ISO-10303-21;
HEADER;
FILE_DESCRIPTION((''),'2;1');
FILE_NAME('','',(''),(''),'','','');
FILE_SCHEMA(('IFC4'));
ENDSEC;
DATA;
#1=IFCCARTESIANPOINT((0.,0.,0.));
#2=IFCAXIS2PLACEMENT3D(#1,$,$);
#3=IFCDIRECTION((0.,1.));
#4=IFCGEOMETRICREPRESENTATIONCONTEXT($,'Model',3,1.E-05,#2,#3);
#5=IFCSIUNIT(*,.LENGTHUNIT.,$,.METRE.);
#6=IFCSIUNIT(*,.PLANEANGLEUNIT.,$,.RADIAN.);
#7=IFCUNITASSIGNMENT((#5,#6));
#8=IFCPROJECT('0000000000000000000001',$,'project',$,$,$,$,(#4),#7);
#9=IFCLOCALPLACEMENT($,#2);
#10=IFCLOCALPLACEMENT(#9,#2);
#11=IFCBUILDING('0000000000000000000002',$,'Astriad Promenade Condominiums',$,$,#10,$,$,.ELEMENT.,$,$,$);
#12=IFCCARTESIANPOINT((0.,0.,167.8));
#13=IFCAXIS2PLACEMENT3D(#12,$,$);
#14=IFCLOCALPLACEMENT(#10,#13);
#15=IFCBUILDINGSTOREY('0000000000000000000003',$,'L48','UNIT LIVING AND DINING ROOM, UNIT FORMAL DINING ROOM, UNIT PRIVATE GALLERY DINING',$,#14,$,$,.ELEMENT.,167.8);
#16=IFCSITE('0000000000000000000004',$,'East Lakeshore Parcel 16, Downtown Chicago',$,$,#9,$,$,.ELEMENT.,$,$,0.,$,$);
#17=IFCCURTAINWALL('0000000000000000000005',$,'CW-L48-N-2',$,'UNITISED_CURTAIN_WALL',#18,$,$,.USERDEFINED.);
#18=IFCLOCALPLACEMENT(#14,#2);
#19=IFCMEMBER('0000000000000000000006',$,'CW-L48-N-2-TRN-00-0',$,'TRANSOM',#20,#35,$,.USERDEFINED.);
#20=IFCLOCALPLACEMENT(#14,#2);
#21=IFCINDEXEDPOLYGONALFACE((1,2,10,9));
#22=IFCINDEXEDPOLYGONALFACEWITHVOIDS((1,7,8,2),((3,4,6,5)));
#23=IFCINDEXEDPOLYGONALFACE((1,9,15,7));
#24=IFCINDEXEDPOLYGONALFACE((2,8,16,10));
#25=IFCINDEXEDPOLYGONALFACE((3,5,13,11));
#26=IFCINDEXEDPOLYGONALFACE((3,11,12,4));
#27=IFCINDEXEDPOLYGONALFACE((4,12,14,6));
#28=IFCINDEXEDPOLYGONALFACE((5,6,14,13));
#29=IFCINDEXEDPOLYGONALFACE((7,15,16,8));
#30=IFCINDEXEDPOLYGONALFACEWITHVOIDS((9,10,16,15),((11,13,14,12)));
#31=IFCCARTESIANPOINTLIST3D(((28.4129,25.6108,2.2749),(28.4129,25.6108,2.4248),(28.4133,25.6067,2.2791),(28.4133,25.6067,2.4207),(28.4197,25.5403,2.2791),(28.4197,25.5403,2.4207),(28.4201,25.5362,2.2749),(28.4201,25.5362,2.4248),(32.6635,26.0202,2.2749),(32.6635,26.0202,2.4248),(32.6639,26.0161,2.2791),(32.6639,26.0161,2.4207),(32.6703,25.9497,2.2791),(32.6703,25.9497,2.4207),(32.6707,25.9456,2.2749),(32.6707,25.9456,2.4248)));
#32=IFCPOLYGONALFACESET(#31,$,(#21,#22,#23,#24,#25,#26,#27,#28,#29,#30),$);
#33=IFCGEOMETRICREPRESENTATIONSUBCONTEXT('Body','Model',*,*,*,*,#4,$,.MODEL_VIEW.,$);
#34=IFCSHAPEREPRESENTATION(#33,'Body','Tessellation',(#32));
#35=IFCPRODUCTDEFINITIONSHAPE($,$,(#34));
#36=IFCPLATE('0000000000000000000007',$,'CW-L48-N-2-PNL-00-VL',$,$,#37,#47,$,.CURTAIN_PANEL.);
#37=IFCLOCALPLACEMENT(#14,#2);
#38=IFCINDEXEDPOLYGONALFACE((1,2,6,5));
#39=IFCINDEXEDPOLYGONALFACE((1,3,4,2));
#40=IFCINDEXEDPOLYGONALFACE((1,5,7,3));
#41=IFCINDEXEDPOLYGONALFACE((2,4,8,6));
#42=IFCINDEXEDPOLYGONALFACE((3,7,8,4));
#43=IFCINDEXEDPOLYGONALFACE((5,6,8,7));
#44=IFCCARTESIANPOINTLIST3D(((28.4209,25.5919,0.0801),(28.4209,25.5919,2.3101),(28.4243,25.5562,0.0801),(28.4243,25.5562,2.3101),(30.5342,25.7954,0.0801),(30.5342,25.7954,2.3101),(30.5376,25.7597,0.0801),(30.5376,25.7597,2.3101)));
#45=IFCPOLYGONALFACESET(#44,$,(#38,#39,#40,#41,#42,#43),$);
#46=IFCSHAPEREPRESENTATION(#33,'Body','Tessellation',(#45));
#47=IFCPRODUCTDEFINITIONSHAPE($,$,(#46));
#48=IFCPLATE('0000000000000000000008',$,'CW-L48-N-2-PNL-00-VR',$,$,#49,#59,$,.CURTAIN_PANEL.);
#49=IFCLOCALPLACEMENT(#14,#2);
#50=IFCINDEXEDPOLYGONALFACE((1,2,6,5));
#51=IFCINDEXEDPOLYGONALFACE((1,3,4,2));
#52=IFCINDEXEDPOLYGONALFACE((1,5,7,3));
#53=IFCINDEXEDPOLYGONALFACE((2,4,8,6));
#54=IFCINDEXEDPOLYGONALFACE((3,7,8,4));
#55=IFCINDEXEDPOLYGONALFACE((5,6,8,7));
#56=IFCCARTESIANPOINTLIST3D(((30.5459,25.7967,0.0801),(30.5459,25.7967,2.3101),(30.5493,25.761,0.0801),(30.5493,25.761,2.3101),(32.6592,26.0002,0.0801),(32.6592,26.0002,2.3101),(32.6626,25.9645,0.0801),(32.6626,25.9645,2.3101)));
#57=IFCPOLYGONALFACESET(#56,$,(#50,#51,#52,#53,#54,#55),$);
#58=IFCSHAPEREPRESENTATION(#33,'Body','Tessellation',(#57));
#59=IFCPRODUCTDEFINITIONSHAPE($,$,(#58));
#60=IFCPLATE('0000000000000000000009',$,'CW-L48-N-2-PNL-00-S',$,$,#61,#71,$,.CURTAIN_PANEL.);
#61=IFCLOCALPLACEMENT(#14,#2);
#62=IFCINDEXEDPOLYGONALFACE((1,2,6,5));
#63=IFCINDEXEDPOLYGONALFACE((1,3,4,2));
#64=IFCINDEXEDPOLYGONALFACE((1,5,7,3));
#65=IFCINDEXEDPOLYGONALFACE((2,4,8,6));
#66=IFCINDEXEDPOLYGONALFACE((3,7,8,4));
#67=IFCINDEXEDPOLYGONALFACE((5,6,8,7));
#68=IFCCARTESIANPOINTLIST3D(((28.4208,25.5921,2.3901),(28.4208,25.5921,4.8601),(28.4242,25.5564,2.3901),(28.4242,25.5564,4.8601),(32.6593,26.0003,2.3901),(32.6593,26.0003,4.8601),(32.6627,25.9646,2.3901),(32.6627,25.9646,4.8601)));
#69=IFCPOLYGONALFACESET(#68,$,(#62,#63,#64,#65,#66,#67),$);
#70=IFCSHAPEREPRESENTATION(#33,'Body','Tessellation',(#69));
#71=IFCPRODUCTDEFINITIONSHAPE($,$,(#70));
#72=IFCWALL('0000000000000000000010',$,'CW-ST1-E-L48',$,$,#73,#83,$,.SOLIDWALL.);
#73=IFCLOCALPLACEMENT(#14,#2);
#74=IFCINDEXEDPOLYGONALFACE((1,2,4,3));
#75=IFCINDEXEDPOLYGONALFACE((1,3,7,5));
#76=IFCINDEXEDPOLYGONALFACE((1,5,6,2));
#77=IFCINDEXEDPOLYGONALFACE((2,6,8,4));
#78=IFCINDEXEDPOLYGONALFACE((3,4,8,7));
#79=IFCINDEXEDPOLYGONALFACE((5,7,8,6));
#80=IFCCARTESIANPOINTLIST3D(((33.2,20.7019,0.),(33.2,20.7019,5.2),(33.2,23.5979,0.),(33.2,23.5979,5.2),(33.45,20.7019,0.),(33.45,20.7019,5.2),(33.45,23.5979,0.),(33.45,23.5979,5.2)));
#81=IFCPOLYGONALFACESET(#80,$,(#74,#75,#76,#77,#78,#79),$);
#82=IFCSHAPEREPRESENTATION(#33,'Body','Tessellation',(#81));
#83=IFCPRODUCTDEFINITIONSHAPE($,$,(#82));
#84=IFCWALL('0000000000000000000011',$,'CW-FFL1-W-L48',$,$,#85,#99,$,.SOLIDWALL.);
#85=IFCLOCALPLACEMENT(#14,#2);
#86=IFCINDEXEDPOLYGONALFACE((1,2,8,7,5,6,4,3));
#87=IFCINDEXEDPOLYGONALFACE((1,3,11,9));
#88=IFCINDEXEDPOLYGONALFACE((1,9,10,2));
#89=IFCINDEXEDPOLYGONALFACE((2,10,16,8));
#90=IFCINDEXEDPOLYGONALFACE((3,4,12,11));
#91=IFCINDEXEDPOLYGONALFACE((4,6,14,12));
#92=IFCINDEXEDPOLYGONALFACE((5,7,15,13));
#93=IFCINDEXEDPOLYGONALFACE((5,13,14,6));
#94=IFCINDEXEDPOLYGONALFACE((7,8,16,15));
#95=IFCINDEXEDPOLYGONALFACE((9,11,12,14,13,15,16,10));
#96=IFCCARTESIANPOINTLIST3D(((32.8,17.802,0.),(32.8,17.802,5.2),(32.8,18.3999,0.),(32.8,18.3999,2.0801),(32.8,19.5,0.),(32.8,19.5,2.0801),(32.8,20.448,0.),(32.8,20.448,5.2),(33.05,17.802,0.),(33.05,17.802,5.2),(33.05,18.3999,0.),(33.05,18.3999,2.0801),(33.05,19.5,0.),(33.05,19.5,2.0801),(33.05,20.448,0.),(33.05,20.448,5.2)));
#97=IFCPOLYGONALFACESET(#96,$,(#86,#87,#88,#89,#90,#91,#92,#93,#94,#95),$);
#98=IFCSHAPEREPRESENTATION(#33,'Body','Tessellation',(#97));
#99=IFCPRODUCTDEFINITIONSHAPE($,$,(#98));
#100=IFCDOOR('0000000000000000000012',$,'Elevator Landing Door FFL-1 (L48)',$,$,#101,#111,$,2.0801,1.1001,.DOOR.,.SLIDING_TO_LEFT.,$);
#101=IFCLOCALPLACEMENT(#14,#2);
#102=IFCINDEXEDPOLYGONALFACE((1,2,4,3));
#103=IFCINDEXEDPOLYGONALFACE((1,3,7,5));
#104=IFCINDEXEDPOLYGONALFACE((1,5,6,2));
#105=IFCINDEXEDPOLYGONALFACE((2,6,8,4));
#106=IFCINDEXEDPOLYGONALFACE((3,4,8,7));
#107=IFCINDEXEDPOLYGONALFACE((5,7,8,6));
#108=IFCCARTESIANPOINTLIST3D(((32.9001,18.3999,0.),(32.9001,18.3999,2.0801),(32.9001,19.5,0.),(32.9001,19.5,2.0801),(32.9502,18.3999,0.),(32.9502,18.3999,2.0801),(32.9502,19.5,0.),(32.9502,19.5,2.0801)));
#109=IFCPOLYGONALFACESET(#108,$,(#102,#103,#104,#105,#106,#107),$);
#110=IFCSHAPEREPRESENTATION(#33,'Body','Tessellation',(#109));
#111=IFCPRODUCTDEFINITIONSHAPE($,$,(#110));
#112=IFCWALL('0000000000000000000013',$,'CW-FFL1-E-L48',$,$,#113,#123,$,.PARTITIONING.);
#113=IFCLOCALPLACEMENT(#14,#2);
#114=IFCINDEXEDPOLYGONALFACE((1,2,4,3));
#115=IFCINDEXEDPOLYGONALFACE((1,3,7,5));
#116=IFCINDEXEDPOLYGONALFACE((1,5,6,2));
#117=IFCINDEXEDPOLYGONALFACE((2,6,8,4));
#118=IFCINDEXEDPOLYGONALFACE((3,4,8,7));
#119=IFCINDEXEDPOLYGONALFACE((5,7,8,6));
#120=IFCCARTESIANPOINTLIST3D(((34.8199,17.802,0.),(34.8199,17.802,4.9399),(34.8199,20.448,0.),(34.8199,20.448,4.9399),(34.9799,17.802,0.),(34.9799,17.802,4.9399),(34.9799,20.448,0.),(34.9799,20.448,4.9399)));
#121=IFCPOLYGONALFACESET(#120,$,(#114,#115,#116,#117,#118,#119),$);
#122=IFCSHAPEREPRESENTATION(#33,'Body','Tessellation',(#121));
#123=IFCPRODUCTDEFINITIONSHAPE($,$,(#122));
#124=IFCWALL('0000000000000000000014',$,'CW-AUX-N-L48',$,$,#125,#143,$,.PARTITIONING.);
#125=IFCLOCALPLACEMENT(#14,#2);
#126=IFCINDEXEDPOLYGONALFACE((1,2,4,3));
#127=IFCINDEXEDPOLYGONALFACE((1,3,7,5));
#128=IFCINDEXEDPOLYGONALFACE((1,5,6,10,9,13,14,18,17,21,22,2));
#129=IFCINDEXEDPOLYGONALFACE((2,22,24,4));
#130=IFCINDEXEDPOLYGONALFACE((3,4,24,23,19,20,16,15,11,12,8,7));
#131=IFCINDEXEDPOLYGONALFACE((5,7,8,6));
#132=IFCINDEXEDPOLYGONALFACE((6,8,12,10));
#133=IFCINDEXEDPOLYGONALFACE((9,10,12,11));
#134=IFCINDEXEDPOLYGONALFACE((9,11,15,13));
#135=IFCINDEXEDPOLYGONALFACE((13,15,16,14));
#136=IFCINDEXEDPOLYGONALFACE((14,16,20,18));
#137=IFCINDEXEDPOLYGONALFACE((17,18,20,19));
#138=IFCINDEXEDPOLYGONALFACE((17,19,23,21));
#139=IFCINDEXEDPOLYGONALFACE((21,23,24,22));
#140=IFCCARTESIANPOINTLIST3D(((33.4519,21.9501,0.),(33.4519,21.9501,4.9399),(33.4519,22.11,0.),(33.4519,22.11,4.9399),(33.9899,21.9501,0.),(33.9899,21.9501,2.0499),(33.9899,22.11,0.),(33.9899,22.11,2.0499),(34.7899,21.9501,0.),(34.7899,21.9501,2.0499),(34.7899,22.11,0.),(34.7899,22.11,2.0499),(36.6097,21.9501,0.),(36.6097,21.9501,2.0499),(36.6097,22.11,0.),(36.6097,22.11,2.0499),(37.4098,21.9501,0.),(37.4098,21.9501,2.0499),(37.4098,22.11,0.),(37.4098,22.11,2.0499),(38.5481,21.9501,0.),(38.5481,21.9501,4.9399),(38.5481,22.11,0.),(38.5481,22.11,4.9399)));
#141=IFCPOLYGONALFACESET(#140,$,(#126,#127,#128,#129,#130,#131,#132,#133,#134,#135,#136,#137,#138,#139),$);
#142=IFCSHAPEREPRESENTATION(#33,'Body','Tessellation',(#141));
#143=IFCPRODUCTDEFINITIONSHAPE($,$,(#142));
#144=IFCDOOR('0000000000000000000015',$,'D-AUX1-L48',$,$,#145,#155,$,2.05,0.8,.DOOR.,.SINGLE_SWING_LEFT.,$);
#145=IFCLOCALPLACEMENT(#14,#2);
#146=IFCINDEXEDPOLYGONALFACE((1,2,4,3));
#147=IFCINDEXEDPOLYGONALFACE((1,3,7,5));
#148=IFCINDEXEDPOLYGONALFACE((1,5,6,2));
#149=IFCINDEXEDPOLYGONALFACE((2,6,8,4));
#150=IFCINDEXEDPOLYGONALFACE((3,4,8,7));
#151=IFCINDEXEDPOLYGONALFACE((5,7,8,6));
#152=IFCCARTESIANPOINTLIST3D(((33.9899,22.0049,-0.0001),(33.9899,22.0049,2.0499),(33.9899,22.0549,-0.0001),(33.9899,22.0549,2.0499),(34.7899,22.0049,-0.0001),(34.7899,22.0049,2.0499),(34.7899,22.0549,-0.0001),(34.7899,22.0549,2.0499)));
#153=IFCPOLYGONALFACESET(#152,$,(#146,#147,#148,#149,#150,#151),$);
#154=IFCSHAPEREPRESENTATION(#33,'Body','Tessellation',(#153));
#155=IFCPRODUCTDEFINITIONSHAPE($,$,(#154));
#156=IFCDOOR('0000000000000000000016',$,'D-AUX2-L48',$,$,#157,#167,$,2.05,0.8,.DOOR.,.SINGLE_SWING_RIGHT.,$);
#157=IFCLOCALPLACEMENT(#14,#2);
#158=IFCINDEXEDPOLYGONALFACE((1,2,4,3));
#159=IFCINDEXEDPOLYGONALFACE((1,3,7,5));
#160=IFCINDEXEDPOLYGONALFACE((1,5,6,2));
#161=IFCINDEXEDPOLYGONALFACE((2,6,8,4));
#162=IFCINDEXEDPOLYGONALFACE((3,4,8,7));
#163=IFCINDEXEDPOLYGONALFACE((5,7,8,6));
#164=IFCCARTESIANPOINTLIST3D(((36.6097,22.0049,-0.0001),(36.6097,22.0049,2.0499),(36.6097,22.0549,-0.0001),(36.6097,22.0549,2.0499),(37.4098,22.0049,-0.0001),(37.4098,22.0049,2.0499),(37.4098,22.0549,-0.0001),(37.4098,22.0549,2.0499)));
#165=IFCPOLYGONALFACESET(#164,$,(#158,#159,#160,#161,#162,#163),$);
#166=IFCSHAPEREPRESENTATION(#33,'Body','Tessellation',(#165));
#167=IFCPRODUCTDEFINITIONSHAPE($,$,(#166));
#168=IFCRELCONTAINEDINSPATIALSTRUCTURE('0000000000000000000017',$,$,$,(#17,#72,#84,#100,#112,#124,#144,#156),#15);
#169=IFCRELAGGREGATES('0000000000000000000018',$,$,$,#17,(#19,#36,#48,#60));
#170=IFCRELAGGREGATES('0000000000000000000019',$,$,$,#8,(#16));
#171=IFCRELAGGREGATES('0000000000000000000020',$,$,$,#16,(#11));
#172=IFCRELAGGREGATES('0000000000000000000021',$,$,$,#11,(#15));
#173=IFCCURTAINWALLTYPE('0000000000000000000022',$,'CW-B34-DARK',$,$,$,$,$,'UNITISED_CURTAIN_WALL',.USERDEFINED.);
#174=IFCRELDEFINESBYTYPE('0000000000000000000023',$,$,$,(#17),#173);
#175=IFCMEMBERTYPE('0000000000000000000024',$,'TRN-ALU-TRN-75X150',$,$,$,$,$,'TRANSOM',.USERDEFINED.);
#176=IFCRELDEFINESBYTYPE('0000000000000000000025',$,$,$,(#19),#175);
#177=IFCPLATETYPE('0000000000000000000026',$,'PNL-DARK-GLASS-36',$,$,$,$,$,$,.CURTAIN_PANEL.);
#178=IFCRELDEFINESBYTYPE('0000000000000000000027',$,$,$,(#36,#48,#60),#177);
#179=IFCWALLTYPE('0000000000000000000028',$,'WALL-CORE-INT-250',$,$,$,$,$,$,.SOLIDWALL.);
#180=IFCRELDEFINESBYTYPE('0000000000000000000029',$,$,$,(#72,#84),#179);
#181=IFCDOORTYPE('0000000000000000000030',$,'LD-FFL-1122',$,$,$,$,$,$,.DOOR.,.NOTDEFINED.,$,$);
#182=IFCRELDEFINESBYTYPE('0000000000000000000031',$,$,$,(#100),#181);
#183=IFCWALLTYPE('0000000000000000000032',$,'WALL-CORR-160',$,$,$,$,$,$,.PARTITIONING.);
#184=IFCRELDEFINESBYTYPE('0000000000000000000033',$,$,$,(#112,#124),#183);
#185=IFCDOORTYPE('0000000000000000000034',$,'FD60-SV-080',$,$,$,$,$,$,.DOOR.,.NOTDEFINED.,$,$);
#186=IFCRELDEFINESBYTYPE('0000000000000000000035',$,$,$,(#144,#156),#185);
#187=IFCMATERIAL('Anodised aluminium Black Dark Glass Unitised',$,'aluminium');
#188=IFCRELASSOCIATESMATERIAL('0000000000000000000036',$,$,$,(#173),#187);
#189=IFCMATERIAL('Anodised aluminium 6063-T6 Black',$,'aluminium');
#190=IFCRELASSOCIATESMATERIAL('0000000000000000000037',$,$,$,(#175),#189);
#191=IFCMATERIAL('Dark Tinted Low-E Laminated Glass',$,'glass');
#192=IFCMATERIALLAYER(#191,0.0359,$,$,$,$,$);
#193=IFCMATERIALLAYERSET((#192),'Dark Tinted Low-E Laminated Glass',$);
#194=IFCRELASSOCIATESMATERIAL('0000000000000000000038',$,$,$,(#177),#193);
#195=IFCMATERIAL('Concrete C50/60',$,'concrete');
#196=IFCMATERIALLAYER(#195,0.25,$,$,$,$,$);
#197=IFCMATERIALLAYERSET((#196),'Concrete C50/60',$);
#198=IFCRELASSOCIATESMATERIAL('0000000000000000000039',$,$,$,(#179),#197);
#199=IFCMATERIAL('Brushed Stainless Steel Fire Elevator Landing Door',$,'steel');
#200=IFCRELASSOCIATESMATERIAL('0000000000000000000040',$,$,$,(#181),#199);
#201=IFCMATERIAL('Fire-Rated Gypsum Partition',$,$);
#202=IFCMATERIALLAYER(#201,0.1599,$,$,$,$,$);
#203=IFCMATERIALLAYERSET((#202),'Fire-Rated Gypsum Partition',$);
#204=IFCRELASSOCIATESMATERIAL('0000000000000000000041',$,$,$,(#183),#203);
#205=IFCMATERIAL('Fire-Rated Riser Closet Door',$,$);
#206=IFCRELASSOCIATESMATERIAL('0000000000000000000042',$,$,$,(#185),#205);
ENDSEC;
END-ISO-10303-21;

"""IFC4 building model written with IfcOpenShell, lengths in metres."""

from ifc_helpers import new_model, si_unit, direction, frame, frame_2d, origin, origin_2d, place, context, subcontext, project, spatial, rectangle, hollow_rectangle, extrude, source, transform, mapped, material, layer, layer_set, material_profile, profile_set, type_object, type_shapes, element, fill, aggregate, save


model = new_model("IFC4")

# Units and contexts
model_context = context("Model", 3, precision=1e-05, world=origin(), true_north=direction((0.0, 1.0)))
body_context = subcontext(model_context, "Body", "Model", "MODEL_VIEW")
ifc_project = project(units=[si_unit("LENGTHUNIT", "METRE"), si_unit("PLANEANGLEUNIT", "RADIAN")], contexts=[model_context])

# Site, building, storey
site_placement = place(None, origin())
site = spatial("IfcSite", under=ifc_project, at=site_placement, Name="East Lakeshore Parcel 16, Downtown Chicago", CompositionType="ELEMENT", RefElevation=0.0)
building_placement = place(site_placement, origin())
building = spatial("IfcBuilding", under=site, at=building_placement, Name="Astriad Promenade Condominiums", CompositionType="ELEMENT")
storey_placement = place(building_placement, frame((0.0, 0.0, 167.8)))
storey = spatial("IfcBuildingStorey", under=building, at=storey_placement, Name="L48", Description="UNIT LIVING AND DINING ROOM, UNIT FORMAL DINING ROOM, UNIT PRIVATE GALLERY DINING", CompositionType="ELEMENT", Elevation=167.8)

# Curtain wall, member, plates
ifc_material_1 = material(Name="Anodised aluminium Black Dark Glass Unitised", Category="aluminium")
curtain_wall_type = type_object("IfcCurtainWallType", Name="CW-B34-DARK", ElementType="UNITISED_CURTAIN_WALL", PredefinedType="USERDEFINED", material=ifc_material_1)
curtain_wall_placement = place(storey_placement, origin())
curtain_wall = element("IfcCurtainWall", 1, at=curtain_wall_placement, inside=storey, type_object=curtain_wall_type, Name="CW-L48-N-2", ObjectType="UNITISED_CURTAIN_WALL", PredefinedType="USERDEFINED")
ifc_material_2 = material(Name="Anodised aluminium 6063-T6 Black", Category="aluminium")
ifc_material_profile_1 = material_profile(ifc_material_2, hollow_rectangle(XDim=0.075, YDim=0.1499, WallThickness=0.0042, at=origin_2d()), Name="ALU-TRN-75X150")
ifc_profile_set_1 = profile_set([ifc_material_profile_1], Name="Anodised aluminium 6063-T6 Black")
member_type_1 = type_object("IfcMemberType", Name="TRN-ALU-TRN-75X150", ElementType="TRANSOM", PredefinedType="USERDEFINED", material=ifc_profile_set_1)
shared_shape_1 = source(origin(), body_context, "Body", "SweptSolid", [
    extrude(hollow_rectangle(XDim=0.075, YDim=0.1499, WallThickness=0.0042, at=origin_2d()), origin(), (0.0, 0.0, 1.0), 4.2703),
])
type_shapes(member_type_1, [shared_shape_1])
member_1_placement = place(storey_placement, frame((28.4165, 25.5735, 2.3499), z_axis=(0.995393, 0.09588, 0.0), x_axis=(-0.09588, 0.995393, 0.0)))
member_1 = element("IfcMember", 2, at=member_1_placement, type_object=member_type_1, Name="CW-L48-N-2-TRN-00-0", ObjectType="TRANSOM", PredefinedType="USERDEFINED", context=body_context, shape_type="MappedRepresentation", body=[
    mapped(shared_shape_1, transform((0.0, 0.0, 0.0), scale=1.0)),
])
ifc_material_3 = material(Name="Dark Tinted Low-E Laminated Glass", Category="glass")
ifc_layer_1 = layer(ifc_material_3, 0.0359)
ifc_layer_set_1 = layer_set([ifc_layer_1], Name="Dark Tinted Low-E Laminated Glass")
plate_type = type_object("IfcPlateType", Name="PNL-DARK-GLASS-36", PredefinedType="CURTAIN_PANEL", material=ifc_layer_set_1)
shared_shape_2 = source(origin(), body_context, "Body", "SweptSolid", [
    extrude(rectangle(XDim=2.123, YDim=0.0359, at=origin_2d()), origin(), (0.0, 0.0, 1.0), 2.23),
])
plate_1_placement = place(storey_placement, frame((29.4792, 25.6758, 0.0801), z_axis=(0.0, 0.0, 1.0), x_axis=(0.995395, 0.095863, 0.0)))
plate_1 = element("IfcPlate", 3, at=plate_1_placement, type_object=plate_type, Name="CW-L48-N-2-PNL-00-VL", PredefinedType="CURTAIN_PANEL", context=body_context, shape_type="MappedRepresentation", body=[
    mapped(shared_shape_2, transform((0.0, 0.0, 0.0), scale=1.0)),
])
plate_2_placement = place(storey_placement, frame((31.6042, 25.8806, 0.0801), z_axis=(0.0, 0.0, 1.0), x_axis=(0.995395, 0.095863, 0.0)))
plate_2 = element("IfcPlate", 4, at=plate_2_placement, type_object=plate_type, Name="CW-L48-N-2-PNL-00-VR", PredefinedType="CURTAIN_PANEL", context=body_context, shape_type="MappedRepresentation", body=[
    mapped(shared_shape_2, transform((0.0, 0.0, 0.0), scale=1.0)),
])
shared_shape_3 = source(origin(), body_context, "Body", "SweptSolid", [
    extrude(rectangle(XDim=4.2581, YDim=0.0359, at=origin_2d()), origin(), (0.0, 0.0, 1.0), 2.47),
])
type_shapes(plate_type, [shared_shape_2, shared_shape_3])
plate_3_placement = place(storey_placement, frame((30.5417, 25.7783, 2.3901), z_axis=(0.0, 0.0, 1.0), x_axis=(0.995395, 0.095863, 0.0)))
plate_3 = element("IfcPlate", 5, at=plate_3_placement, type_object=plate_type, Name="CW-L48-N-2-PNL-00-S", PredefinedType="CURTAIN_PANEL", context=body_context, shape_type="MappedRepresentation", body=[
    mapped(shared_shape_3, transform((0.0, 0.0, 0.0), scale=1.0)),
])
aggregate(curtain_wall, [member_1, plate_1, plate_2, plate_3])

# Wall
ifc_material_4 = material(Name="Concrete C50/60", Category="concrete")
ifc_layer_2 = layer(ifc_material_4, 0.25)
ifc_layer_set_2 = layer_set([ifc_layer_2], Name="Concrete C50/60")
wall_type_1 = type_object("IfcWallType", Name="WALL-CORE-INT-250", PredefinedType="SOLIDWALL", material=ifc_layer_set_2)
wall_1_placement = place(storey_placement, frame((33.325, 20.7019, 0.0), z_axis=(0.0, 0.0, 1.0), x_axis=(0.0, 1.0, 0.0)))
element("IfcWall", 6, at=wall_1_placement, inside=storey, type_object=wall_type_1, Name="CW-ST1-E-L48", PredefinedType="SOLIDWALL", context=body_context, shape_type="SweptSolid", body=[
    extrude(rectangle(XDim=2.896, YDim=0.25, at=frame_2d((1.448, 0.0))), origin(), (0.0, 0.0, 1.0), 5.2),
])

# Wall, opening, door
wall_2_placement = place(storey_placement, frame((32.925, 17.802, 0.0), z_axis=(0.0, 0.0, 1.0), x_axis=(0.0, 1.0, 0.0)))
wall_2 = element("IfcWall", 7, at=wall_2_placement, inside=storey, type_object=wall_type_1, Name="CW-FFL1-W-L48", PredefinedType="SOLIDWALL", context=body_context, shape_type="SweptSolid", body=[
    extrude(rectangle(XDim=2.646, YDim=0.25, at=frame_2d((1.323, 0.0))), origin(), (0.0, 0.0, 1.0), 5.2),
])
opening_1_placement = place(wall_2_placement, frame((0.5979, 0.0, 0.0)))
opening_1 = element("IfcOpeningElement", 8, at=opening_1_placement, cuts=wall_2, PredefinedType="OPENING", context=body_context, shape_type="SweptSolid", body=[
    extrude(rectangle(XDim=1.1001, YDim=2.0801, at=frame_2d((0.55, 1.04))), frame((0.0, 0.135, 0.0), z_axis=(0.0, -1.0, 0.0), x_axis=(1.0, 0.0, 0.0)), (0.0, 0.0, 1.0), 0.27),
])
ifc_material_5 = material(Name="Brushed Stainless Steel Fire Elevator Landing Door", Category="steel")
door_type_1 = type_object("IfcDoorType", Name="LD-FFL-1122", OperationType="NOTDEFINED", PredefinedType="DOOR", material=ifc_material_5)
shared_shape_4 = source(origin(), body_context, "Body", "SweptSolid", [
    extrude(rectangle(XDim=1.1001, YDim=2.0801, at=frame_2d((0.55, 1.04))), frame((0.0, 0.0249, 0.0), z_axis=(0.0, -1.0, 0.0), x_axis=(1.0, 0.0, 0.0)), (0.0, 0.0, 1.0), 0.05),
])
type_shapes(door_type_1, [shared_shape_4])
door_1_placement = place(opening_1_placement, origin())
door_1 = element("IfcDoor", 9, at=door_1_placement, inside=storey, type_object=door_type_1, Name="Elevator Landing Door FFL-1 (L48)", OperationType="SLIDING_TO_LEFT", OverallHeight=2.0801, OverallWidth=1.1001, PredefinedType="DOOR", context=body_context, shape_type="MappedRepresentation", body=[
    mapped(shared_shape_4, transform((0.0, 0.0, 0.0), scale=1.0)),
])
fill(opening_1, door_1)

# Wall
ifc_material_6 = material(Name="Fire-Rated Gypsum Partition")
ifc_layer_3 = layer(ifc_material_6, 0.1599)
ifc_layer_set_3 = layer_set([ifc_layer_3], Name="Fire-Rated Gypsum Partition")
wall_type_2 = type_object("IfcWallType", Name="WALL-CORR-160", PredefinedType="PARTITIONING", material=ifc_layer_set_3)
wall_3_placement = place(storey_placement, frame((34.8999, 17.802, 0.0), z_axis=(0.0, 0.0, 1.0), x_axis=(0.0, 1.0, 0.0)))
element("IfcWall", 10, at=wall_3_placement, inside=storey, type_object=wall_type_2, Name="CW-FFL1-E-L48", PredefinedType="PARTITIONING", context=body_context, shape_type="SweptSolid", body=[
    extrude(rectangle(XDim=2.646, YDim=0.1599, at=frame_2d((1.323, 0.0))), origin(), (0.0, 0.0, 1.0), 4.9399),
])

# Wall, openings, doors
wall_4_placement = place(storey_placement, frame((33.4519, 22.03, 0.0), z_axis=(0.0, 0.0, 1.0), x_axis=(1.0, 0.0, 0.0)))
wall_4 = element("IfcWall", 11, at=wall_4_placement, inside=storey, type_object=wall_type_2, Name="CW-AUX-N-L48", PredefinedType="PARTITIONING", context=body_context, shape_type="SweptSolid", body=[
    extrude(rectangle(XDim=5.0962, YDim=0.1599, at=frame_2d((2.5481, 0.0))), origin(), (0.0, 0.0, 1.0), 4.9399),
])
opening_2_placement = place(wall_4_placement, frame((0.5381, 0.0, 0.0)))
opening_2 = element("IfcOpeningElement", 12, at=opening_2_placement, cuts=wall_4, PredefinedType="OPENING", context=body_context, shape_type="SweptSolid", body=[
    extrude(rectangle(XDim=0.8, YDim=2.05, at=frame_2d((0.3999, 1.0249))), frame((0.0, 0.0898, 0.0), z_axis=(0.0, -1.0, 0.0), x_axis=(1.0, 0.0, 0.0)), (0.0, 0.0, 1.0), 0.1799),
])
opening_3_placement = place(wall_4_placement, frame((3.158, 0.0, 0.0)))
opening_3 = element("IfcOpeningElement", 13, at=opening_3_placement, cuts=wall_4, PredefinedType="OPENING", context=body_context, shape_type="SweptSolid", body=[
    extrude(rectangle(XDim=0.8, YDim=2.05, at=frame_2d((0.3999, 1.0249))), frame((0.0, 0.0898, 0.0), z_axis=(0.0, -1.0, 0.0), x_axis=(1.0, 0.0, 0.0)), (0.0, 0.0, 1.0), 0.1799),
])
ifc_material_7 = material(Name="Fire-Rated Riser Closet Door")
door_type_2 = type_object("IfcDoorType", Name="FD60-SV-080", OperationType="NOTDEFINED", PredefinedType="DOOR", material=ifc_material_7)
shared_shape_5 = source(origin(), body_context, "Body", "SweptSolid", [
    extrude(rectangle(XDim=0.8, YDim=2.05, at=frame_2d((0.3999, 1.0249))), frame((0.0, 0.0249, 0.0), z_axis=(0.0, -1.0, 0.0), x_axis=(1.0, 0.0, 0.0)), (0.0, 0.0, 1.0), 0.05),
])
type_shapes(door_type_2, [shared_shape_5])
door_2_placement = place(opening_2_placement, origin())
door_2 = element("IfcDoor", 14, at=door_2_placement, inside=storey, type_object=door_type_2, Name="D-AUX1-L48", OperationType="SINGLE_SWING_LEFT", OverallHeight=2.05, OverallWidth=0.8, PredefinedType="DOOR", context=body_context, shape_type="MappedRepresentation", body=[
    mapped(shared_shape_5, transform((0.0, 0.0, 0.0), scale=1.0)),
])
fill(opening_2, door_2)
door_3_placement = place(opening_3_placement, origin())
door_3 = element("IfcDoor", 15, at=door_3_placement, inside=storey, type_object=door_type_2, Name="D-AUX2-L48", OperationType="SINGLE_SWING_RIGHT", OverallHeight=2.05, OverallWidth=0.8, PredefinedType="DOOR", context=body_context, shape_type="MappedRepresentation", body=[
    mapped(shared_shape_5, transform((0.0, 0.0, 0.0), scale=1.0)),
])
fill(opening_3, door_3)

save(model, "model.ifc")
